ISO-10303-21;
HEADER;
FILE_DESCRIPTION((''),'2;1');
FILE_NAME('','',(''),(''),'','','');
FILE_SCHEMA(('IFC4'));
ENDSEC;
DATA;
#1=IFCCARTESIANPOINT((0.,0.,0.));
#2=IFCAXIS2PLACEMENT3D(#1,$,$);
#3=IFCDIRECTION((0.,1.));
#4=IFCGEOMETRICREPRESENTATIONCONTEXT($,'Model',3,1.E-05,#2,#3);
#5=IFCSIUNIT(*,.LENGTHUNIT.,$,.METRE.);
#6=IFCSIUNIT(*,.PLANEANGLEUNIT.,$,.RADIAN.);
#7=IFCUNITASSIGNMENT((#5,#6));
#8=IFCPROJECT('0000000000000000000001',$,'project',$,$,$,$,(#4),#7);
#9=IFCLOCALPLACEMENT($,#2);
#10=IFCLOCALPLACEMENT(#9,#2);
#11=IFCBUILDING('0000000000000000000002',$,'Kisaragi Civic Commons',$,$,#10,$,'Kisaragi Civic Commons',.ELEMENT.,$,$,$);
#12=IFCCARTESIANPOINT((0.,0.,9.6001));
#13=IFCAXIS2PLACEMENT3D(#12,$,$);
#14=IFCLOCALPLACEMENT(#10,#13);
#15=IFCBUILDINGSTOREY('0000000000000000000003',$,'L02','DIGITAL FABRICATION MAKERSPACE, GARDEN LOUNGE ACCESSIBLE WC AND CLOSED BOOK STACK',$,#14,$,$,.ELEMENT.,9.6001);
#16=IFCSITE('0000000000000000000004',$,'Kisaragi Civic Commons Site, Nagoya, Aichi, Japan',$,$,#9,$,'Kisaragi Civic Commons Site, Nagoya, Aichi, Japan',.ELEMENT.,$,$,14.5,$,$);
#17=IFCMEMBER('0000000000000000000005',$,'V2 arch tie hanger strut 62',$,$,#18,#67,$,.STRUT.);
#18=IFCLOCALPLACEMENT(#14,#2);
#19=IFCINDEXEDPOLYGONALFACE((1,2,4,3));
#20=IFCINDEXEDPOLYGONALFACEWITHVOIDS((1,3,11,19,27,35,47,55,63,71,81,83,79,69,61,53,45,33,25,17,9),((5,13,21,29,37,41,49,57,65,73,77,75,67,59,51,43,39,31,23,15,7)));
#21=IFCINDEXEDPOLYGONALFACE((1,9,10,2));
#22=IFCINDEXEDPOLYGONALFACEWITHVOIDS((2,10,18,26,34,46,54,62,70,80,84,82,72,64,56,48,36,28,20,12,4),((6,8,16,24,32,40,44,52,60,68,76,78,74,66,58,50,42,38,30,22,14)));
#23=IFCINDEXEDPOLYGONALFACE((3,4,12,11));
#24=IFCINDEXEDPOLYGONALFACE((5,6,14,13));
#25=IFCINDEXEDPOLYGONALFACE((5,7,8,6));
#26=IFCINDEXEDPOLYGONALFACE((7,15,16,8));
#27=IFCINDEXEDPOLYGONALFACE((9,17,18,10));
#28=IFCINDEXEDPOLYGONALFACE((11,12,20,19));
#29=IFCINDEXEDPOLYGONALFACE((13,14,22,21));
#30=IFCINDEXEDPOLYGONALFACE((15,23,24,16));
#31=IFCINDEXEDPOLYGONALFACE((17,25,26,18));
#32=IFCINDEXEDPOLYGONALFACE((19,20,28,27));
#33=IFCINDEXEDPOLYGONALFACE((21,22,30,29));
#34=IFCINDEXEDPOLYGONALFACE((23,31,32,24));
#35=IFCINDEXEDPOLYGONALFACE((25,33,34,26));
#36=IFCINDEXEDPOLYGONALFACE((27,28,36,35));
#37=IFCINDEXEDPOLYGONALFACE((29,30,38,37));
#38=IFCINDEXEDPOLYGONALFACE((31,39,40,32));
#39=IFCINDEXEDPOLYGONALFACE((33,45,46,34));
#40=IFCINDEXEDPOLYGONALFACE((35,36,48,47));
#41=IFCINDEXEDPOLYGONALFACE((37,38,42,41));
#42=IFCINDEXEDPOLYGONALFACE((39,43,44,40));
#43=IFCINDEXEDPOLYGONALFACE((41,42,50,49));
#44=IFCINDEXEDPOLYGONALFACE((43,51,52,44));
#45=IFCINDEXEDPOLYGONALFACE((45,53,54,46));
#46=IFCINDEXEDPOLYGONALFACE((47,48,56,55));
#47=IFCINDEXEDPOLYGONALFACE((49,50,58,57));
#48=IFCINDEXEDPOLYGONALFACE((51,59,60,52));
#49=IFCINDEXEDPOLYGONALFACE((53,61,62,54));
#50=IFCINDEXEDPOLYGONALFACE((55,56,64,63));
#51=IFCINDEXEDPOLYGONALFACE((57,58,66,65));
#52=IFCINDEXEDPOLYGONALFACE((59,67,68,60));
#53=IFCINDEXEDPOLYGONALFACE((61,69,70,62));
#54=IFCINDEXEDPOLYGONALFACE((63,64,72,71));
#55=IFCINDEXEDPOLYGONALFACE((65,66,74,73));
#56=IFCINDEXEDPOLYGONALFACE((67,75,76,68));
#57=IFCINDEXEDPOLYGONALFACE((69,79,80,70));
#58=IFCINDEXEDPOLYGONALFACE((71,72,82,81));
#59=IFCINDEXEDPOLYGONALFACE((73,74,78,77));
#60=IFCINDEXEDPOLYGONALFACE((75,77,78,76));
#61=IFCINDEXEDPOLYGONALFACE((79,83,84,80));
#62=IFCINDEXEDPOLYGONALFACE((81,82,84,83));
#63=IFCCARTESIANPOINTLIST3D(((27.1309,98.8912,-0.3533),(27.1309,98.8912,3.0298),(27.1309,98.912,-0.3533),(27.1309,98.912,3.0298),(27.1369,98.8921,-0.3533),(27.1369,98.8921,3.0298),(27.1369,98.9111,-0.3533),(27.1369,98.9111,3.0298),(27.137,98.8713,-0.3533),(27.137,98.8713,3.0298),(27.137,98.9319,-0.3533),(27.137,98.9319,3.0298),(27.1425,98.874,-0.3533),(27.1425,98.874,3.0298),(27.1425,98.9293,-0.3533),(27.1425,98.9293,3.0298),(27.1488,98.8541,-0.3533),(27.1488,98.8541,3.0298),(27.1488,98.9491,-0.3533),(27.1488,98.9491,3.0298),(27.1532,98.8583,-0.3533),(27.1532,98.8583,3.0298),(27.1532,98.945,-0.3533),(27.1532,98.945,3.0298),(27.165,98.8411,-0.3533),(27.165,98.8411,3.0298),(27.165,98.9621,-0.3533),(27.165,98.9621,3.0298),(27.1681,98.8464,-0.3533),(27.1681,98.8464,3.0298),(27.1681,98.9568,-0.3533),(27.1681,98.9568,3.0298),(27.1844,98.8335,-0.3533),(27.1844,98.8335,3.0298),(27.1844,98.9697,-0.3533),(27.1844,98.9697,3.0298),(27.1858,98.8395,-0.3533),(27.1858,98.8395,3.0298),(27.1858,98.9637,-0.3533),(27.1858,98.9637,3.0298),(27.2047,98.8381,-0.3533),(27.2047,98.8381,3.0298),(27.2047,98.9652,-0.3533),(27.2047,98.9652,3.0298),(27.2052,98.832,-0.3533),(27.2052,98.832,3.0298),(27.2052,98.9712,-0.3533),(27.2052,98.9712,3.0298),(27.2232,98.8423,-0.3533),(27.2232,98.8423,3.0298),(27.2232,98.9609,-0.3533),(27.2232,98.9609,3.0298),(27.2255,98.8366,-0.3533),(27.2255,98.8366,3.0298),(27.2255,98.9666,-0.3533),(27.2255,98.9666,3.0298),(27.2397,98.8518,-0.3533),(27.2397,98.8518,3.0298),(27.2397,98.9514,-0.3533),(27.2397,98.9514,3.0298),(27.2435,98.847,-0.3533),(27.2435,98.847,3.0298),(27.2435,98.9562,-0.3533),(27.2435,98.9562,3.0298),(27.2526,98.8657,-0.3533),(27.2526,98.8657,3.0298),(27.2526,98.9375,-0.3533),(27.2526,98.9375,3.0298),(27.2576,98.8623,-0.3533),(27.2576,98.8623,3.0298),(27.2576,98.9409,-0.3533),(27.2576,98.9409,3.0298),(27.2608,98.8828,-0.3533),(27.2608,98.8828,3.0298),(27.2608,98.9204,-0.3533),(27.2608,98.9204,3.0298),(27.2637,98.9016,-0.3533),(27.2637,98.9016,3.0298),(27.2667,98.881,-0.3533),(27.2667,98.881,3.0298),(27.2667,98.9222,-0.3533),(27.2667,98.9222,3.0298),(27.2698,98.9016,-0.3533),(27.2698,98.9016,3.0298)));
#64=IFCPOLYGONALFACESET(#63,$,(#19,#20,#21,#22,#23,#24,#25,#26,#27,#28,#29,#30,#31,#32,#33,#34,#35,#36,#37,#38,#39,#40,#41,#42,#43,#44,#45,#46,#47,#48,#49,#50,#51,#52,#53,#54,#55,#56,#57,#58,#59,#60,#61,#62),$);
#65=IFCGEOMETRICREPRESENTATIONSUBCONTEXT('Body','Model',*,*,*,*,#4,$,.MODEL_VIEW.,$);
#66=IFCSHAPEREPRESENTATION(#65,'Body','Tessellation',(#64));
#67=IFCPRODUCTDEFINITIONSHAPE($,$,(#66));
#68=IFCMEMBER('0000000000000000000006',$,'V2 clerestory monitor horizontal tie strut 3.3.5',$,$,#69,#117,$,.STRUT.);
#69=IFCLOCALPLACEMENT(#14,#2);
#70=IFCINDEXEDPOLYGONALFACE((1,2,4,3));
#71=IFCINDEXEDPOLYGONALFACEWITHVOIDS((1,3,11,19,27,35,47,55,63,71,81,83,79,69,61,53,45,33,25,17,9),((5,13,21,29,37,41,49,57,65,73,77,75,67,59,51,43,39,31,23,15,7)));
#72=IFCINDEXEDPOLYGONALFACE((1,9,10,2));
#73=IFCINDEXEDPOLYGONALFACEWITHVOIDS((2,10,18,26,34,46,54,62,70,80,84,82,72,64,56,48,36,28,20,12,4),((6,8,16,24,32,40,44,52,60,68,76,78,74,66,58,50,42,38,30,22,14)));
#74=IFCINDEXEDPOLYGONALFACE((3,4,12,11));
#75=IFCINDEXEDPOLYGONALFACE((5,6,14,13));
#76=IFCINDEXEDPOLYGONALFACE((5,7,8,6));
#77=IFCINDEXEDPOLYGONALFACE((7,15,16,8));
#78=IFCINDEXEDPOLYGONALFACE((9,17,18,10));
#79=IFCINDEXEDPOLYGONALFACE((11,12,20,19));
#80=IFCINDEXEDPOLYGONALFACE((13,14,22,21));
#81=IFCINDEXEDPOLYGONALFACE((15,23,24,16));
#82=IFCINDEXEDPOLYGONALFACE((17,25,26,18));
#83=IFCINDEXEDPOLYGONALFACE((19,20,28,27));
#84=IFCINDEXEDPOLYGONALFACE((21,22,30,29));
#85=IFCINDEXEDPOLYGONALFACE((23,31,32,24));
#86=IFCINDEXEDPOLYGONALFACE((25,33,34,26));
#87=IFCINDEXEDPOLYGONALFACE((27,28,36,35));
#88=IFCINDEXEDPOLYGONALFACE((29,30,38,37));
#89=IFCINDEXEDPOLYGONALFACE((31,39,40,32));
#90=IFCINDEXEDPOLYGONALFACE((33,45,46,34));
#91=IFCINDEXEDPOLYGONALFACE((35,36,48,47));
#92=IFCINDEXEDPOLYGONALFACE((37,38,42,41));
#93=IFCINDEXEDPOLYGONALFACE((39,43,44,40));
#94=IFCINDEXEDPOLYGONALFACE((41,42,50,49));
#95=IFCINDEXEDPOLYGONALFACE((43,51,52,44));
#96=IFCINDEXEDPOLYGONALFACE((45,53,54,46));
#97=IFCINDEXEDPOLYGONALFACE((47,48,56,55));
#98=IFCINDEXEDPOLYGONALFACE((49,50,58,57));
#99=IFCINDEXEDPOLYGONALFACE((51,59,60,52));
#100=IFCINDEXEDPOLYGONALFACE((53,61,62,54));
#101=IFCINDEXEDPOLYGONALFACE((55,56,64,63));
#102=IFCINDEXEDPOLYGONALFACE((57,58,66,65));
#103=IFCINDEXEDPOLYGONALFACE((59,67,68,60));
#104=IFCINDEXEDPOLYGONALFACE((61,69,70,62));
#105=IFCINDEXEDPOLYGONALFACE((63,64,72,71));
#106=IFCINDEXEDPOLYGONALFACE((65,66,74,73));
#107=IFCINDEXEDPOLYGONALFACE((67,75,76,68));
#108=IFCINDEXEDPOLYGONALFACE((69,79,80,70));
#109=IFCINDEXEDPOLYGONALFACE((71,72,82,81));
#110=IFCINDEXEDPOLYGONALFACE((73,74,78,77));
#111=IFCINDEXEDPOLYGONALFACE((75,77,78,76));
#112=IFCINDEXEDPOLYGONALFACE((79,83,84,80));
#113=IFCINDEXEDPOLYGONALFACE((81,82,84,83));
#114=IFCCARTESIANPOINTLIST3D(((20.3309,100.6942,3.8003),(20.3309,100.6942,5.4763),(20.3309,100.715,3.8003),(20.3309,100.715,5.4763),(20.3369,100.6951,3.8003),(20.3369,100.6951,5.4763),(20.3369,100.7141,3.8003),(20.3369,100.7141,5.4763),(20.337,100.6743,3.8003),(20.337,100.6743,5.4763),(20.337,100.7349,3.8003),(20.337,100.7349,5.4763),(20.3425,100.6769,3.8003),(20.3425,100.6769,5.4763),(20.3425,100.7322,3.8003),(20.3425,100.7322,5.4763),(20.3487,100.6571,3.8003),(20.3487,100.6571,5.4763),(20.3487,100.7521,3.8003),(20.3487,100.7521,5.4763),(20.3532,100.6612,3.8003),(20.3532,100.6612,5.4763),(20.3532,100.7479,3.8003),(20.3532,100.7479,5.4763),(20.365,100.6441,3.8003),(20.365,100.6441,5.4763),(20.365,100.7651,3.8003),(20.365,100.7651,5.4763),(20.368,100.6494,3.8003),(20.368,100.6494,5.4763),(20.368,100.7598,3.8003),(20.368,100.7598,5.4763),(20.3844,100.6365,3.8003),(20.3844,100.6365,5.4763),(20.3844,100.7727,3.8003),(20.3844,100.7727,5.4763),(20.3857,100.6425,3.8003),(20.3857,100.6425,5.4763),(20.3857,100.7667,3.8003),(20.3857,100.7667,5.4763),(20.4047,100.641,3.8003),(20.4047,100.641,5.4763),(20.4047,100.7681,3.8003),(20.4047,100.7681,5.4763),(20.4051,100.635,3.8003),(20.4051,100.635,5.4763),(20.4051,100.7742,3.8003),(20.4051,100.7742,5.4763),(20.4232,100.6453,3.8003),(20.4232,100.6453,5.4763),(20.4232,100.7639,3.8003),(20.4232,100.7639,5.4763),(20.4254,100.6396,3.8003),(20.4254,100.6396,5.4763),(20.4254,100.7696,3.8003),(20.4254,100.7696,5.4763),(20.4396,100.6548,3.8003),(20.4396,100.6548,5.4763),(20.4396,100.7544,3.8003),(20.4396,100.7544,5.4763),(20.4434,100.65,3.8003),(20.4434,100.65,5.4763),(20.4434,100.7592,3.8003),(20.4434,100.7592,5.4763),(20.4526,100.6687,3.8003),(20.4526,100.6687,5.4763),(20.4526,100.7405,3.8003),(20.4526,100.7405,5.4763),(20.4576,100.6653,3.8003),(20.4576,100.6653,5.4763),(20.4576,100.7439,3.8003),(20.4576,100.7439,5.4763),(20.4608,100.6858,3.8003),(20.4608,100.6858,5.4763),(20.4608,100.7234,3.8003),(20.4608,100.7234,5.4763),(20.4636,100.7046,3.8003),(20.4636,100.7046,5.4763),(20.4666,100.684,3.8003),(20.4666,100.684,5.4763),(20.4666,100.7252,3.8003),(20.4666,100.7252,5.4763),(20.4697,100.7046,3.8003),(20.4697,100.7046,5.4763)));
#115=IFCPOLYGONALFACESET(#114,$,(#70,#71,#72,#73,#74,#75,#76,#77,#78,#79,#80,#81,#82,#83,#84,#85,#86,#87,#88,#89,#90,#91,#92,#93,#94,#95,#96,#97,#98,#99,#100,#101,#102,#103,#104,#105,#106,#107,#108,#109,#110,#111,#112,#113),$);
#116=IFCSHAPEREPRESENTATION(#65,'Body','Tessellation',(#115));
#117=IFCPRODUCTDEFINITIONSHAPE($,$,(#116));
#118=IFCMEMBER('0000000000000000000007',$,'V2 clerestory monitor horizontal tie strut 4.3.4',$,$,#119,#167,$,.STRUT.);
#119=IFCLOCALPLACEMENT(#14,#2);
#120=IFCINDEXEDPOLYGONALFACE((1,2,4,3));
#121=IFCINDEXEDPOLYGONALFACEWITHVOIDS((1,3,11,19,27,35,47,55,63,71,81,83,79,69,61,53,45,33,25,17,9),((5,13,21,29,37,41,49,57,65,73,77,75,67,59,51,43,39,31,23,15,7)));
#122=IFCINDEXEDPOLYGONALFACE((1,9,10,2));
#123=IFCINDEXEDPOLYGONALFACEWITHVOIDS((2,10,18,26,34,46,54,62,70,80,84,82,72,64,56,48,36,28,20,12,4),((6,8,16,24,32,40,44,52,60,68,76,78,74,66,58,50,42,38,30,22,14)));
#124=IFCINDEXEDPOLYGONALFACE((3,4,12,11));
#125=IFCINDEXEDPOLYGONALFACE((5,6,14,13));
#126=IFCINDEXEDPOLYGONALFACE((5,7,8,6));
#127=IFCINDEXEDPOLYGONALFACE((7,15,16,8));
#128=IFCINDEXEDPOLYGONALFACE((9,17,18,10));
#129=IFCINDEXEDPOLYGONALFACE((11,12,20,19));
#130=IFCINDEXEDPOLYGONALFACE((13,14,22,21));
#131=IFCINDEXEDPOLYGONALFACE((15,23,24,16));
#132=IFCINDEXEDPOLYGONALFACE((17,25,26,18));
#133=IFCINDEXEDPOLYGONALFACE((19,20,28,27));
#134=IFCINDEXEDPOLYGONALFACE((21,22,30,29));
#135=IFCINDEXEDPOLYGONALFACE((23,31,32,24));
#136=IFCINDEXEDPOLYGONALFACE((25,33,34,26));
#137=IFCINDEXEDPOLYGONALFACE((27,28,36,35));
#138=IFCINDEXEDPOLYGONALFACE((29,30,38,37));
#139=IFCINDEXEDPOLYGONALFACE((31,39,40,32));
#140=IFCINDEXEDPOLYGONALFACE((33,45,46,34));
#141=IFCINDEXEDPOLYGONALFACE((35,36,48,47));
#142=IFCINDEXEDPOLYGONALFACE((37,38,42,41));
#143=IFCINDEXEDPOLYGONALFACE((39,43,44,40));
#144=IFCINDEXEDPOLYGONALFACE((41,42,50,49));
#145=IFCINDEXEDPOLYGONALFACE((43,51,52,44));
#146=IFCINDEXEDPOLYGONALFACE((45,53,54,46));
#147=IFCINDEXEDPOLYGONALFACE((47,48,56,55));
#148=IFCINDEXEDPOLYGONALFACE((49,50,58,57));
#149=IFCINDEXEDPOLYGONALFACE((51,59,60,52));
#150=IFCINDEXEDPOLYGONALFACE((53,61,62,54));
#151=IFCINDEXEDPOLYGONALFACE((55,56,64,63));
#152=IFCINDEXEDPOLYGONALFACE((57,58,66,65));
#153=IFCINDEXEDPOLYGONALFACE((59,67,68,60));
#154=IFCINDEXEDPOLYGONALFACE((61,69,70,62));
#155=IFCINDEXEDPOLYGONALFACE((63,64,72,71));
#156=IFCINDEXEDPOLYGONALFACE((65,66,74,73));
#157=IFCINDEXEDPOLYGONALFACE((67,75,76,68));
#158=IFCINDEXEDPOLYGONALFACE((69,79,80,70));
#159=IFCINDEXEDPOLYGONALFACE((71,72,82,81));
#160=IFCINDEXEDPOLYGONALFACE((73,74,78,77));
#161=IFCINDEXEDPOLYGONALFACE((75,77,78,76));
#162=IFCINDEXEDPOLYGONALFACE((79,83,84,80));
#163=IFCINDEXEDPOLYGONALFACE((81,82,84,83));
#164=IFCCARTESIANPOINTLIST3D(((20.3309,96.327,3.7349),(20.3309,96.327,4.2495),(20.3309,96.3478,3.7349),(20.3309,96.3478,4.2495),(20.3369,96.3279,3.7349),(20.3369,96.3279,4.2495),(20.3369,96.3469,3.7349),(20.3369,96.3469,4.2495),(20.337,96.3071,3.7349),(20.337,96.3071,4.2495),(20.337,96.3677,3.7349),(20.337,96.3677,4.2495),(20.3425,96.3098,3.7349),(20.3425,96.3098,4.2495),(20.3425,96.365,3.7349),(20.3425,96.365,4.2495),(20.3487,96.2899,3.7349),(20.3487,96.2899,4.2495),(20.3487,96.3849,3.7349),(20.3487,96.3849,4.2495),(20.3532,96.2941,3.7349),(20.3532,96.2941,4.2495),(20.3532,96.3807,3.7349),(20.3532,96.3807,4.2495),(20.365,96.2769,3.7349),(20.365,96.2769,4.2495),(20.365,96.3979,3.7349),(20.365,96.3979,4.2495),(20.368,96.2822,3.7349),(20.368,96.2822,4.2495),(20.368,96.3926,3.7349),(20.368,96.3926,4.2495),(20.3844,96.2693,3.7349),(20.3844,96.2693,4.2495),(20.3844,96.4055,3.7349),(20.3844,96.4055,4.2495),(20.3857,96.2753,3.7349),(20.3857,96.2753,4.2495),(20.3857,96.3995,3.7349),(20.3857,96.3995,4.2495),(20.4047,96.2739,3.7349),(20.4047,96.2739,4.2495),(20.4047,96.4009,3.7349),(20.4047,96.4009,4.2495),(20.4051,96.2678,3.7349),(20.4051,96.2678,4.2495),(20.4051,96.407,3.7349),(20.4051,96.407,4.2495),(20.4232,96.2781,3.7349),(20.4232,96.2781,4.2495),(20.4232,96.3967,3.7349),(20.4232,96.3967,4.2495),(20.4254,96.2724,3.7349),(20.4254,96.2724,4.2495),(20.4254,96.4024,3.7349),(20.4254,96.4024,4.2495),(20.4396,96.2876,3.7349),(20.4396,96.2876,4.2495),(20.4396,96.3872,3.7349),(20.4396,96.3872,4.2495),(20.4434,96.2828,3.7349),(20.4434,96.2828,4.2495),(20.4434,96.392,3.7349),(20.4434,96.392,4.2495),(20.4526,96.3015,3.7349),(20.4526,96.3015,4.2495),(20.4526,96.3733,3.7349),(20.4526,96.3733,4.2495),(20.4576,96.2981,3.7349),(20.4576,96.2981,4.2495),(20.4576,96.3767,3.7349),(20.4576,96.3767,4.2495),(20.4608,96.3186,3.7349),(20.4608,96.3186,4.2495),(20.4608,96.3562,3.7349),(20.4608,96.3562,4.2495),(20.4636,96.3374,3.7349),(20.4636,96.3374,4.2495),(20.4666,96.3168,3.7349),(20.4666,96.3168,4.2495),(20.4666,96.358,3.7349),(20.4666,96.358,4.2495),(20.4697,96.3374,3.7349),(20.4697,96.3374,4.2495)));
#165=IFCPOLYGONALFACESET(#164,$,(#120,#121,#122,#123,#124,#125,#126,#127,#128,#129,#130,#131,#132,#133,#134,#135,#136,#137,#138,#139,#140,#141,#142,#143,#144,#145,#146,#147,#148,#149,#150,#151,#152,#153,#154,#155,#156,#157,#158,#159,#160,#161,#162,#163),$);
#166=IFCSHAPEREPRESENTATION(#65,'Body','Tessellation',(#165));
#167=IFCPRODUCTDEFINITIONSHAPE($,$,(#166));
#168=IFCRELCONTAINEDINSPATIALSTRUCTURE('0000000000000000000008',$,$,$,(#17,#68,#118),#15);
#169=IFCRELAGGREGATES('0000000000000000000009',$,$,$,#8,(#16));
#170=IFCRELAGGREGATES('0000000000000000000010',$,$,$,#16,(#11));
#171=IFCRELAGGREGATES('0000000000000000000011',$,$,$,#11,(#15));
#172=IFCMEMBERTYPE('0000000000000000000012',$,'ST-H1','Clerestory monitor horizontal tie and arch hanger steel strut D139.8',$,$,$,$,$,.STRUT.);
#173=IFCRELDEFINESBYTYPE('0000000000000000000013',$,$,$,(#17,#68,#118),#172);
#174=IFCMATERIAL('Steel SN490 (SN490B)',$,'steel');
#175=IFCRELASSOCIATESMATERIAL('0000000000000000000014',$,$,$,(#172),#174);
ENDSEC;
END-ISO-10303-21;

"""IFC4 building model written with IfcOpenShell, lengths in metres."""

from ifc_helpers import new_model, si_unit, direction, frame, origin, origin_2d, place, context, subcontext, project, spatial, hollow_circle, extrude, material, material_profile, profile_set, type_object, element, save


model = new_model("IFC4")

# Units and contexts
model_context = context("Model", 3, precision=1e-05, world=origin(), true_north=direction((0.0, 1.0)))
body_context = subcontext(model_context, "Body", "Model", "MODEL_VIEW")
ifc_project = project(units=[si_unit("LENGTHUNIT", "METRE"), si_unit("PLANEANGLEUNIT", "RADIAN")], contexts=[model_context])

# Site, building, storey
site_placement = place(None, origin())
site = spatial("IfcSite", under=ifc_project, at=site_placement, Name="Kisaragi Civic Commons Site, Nagoya, Aichi, Japan", LongName="Kisaragi Civic Commons Site, Nagoya, Aichi, Japan", CompositionType="ELEMENT", RefElevation=14.5)
building_placement = place(site_placement, origin())
building = spatial("IfcBuilding", under=site, at=building_placement, Name="Kisaragi Civic Commons", LongName="Kisaragi Civic Commons", CompositionType="ELEMENT")
storey_placement = place(building_placement, frame((0.0, 0.0, 9.6001)))
storey = spatial("IfcBuildingStorey", under=building, at=storey_placement, Name="L02", Description="DIGITAL FABRICATION MAKERSPACE, GARDEN LOUNGE ACCESSIBLE WC AND CLOSED BOOK STACK", CompositionType="ELEMENT", Elevation=9.6001)

# Members
ifc_material_1 = material(Name="Steel SN490 (SN490B)", Category="steel")
ifc_material_profile_1 = material_profile(ifc_material_1, hollow_circle(Radius=0.0698, WallThickness=0.0061, at=origin_2d()), Name="CHS-139.8x6.0", Category="steel")
ifc_profile_set_1 = profile_set([ifc_material_profile_1], Name="Steel SN490 (SN490B)")
member_type_1 = type_object("IfcMemberType", Name="ST-H1", Description="Clerestory monitor horizontal tie and arch hanger steel strut D139.8", PredefinedType="STRUT", material=ifc_profile_set_1)
member_1_placement = place(storey_placement, frame((27.2, 98.9016, -0.3533), z_axis=(0.0, 0.0, 1.0), x_axis=(1.0, 0.0, 0.0)))
element("IfcMember", 1, at=member_1_placement, inside=storey, type_object=member_type_1, Name="V2 arch tie hanger strut 62", PredefinedType="STRUT", context=body_context, shape_type="SweptSolid", body=[
    extrude(hollow_circle(Radius=0.0698, WallThickness=0.0061, at=origin_2d()), origin(), (0.0, 0.0, 1.0), 3.3831),
])
member_2_placement = place(storey_placement, frame((20.3999, 100.7046, 3.8003), z_axis=(0.0, 0.0, 1.0), x_axis=(1.0, 0.0, 0.0)))
element("IfcMember", 2, at=member_2_placement, inside=storey, type_object=member_type_1, Name="V2 clerestory monitor horizontal tie strut 3.3.5", PredefinedType="STRUT", context=body_context, shape_type="SweptSolid", body=[
    extrude(hollow_circle(Radius=0.0698, WallThickness=0.0061, at=origin_2d()), origin(), (0.0, 0.0, 1.0), 1.676),
])
member_3_placement = place(storey_placement, frame((20.3999, 96.3374, 3.7349), z_axis=(0.0, 0.0, 1.0), x_axis=(1.0, 0.0, 0.0)))
element("IfcMember", 3, at=member_3_placement, inside=storey, type_object=member_type_1, Name="V2 clerestory monitor horizontal tie strut 4.3.4", PredefinedType="STRUT", context=body_context, shape_type="SweptSolid", body=[
    extrude(hollow_circle(Radius=0.0698, WallThickness=0.0061, at=origin_2d()), origin(), (0.0, 0.0, 1.0), 0.5146),
])

save(model, "model.ifc")
